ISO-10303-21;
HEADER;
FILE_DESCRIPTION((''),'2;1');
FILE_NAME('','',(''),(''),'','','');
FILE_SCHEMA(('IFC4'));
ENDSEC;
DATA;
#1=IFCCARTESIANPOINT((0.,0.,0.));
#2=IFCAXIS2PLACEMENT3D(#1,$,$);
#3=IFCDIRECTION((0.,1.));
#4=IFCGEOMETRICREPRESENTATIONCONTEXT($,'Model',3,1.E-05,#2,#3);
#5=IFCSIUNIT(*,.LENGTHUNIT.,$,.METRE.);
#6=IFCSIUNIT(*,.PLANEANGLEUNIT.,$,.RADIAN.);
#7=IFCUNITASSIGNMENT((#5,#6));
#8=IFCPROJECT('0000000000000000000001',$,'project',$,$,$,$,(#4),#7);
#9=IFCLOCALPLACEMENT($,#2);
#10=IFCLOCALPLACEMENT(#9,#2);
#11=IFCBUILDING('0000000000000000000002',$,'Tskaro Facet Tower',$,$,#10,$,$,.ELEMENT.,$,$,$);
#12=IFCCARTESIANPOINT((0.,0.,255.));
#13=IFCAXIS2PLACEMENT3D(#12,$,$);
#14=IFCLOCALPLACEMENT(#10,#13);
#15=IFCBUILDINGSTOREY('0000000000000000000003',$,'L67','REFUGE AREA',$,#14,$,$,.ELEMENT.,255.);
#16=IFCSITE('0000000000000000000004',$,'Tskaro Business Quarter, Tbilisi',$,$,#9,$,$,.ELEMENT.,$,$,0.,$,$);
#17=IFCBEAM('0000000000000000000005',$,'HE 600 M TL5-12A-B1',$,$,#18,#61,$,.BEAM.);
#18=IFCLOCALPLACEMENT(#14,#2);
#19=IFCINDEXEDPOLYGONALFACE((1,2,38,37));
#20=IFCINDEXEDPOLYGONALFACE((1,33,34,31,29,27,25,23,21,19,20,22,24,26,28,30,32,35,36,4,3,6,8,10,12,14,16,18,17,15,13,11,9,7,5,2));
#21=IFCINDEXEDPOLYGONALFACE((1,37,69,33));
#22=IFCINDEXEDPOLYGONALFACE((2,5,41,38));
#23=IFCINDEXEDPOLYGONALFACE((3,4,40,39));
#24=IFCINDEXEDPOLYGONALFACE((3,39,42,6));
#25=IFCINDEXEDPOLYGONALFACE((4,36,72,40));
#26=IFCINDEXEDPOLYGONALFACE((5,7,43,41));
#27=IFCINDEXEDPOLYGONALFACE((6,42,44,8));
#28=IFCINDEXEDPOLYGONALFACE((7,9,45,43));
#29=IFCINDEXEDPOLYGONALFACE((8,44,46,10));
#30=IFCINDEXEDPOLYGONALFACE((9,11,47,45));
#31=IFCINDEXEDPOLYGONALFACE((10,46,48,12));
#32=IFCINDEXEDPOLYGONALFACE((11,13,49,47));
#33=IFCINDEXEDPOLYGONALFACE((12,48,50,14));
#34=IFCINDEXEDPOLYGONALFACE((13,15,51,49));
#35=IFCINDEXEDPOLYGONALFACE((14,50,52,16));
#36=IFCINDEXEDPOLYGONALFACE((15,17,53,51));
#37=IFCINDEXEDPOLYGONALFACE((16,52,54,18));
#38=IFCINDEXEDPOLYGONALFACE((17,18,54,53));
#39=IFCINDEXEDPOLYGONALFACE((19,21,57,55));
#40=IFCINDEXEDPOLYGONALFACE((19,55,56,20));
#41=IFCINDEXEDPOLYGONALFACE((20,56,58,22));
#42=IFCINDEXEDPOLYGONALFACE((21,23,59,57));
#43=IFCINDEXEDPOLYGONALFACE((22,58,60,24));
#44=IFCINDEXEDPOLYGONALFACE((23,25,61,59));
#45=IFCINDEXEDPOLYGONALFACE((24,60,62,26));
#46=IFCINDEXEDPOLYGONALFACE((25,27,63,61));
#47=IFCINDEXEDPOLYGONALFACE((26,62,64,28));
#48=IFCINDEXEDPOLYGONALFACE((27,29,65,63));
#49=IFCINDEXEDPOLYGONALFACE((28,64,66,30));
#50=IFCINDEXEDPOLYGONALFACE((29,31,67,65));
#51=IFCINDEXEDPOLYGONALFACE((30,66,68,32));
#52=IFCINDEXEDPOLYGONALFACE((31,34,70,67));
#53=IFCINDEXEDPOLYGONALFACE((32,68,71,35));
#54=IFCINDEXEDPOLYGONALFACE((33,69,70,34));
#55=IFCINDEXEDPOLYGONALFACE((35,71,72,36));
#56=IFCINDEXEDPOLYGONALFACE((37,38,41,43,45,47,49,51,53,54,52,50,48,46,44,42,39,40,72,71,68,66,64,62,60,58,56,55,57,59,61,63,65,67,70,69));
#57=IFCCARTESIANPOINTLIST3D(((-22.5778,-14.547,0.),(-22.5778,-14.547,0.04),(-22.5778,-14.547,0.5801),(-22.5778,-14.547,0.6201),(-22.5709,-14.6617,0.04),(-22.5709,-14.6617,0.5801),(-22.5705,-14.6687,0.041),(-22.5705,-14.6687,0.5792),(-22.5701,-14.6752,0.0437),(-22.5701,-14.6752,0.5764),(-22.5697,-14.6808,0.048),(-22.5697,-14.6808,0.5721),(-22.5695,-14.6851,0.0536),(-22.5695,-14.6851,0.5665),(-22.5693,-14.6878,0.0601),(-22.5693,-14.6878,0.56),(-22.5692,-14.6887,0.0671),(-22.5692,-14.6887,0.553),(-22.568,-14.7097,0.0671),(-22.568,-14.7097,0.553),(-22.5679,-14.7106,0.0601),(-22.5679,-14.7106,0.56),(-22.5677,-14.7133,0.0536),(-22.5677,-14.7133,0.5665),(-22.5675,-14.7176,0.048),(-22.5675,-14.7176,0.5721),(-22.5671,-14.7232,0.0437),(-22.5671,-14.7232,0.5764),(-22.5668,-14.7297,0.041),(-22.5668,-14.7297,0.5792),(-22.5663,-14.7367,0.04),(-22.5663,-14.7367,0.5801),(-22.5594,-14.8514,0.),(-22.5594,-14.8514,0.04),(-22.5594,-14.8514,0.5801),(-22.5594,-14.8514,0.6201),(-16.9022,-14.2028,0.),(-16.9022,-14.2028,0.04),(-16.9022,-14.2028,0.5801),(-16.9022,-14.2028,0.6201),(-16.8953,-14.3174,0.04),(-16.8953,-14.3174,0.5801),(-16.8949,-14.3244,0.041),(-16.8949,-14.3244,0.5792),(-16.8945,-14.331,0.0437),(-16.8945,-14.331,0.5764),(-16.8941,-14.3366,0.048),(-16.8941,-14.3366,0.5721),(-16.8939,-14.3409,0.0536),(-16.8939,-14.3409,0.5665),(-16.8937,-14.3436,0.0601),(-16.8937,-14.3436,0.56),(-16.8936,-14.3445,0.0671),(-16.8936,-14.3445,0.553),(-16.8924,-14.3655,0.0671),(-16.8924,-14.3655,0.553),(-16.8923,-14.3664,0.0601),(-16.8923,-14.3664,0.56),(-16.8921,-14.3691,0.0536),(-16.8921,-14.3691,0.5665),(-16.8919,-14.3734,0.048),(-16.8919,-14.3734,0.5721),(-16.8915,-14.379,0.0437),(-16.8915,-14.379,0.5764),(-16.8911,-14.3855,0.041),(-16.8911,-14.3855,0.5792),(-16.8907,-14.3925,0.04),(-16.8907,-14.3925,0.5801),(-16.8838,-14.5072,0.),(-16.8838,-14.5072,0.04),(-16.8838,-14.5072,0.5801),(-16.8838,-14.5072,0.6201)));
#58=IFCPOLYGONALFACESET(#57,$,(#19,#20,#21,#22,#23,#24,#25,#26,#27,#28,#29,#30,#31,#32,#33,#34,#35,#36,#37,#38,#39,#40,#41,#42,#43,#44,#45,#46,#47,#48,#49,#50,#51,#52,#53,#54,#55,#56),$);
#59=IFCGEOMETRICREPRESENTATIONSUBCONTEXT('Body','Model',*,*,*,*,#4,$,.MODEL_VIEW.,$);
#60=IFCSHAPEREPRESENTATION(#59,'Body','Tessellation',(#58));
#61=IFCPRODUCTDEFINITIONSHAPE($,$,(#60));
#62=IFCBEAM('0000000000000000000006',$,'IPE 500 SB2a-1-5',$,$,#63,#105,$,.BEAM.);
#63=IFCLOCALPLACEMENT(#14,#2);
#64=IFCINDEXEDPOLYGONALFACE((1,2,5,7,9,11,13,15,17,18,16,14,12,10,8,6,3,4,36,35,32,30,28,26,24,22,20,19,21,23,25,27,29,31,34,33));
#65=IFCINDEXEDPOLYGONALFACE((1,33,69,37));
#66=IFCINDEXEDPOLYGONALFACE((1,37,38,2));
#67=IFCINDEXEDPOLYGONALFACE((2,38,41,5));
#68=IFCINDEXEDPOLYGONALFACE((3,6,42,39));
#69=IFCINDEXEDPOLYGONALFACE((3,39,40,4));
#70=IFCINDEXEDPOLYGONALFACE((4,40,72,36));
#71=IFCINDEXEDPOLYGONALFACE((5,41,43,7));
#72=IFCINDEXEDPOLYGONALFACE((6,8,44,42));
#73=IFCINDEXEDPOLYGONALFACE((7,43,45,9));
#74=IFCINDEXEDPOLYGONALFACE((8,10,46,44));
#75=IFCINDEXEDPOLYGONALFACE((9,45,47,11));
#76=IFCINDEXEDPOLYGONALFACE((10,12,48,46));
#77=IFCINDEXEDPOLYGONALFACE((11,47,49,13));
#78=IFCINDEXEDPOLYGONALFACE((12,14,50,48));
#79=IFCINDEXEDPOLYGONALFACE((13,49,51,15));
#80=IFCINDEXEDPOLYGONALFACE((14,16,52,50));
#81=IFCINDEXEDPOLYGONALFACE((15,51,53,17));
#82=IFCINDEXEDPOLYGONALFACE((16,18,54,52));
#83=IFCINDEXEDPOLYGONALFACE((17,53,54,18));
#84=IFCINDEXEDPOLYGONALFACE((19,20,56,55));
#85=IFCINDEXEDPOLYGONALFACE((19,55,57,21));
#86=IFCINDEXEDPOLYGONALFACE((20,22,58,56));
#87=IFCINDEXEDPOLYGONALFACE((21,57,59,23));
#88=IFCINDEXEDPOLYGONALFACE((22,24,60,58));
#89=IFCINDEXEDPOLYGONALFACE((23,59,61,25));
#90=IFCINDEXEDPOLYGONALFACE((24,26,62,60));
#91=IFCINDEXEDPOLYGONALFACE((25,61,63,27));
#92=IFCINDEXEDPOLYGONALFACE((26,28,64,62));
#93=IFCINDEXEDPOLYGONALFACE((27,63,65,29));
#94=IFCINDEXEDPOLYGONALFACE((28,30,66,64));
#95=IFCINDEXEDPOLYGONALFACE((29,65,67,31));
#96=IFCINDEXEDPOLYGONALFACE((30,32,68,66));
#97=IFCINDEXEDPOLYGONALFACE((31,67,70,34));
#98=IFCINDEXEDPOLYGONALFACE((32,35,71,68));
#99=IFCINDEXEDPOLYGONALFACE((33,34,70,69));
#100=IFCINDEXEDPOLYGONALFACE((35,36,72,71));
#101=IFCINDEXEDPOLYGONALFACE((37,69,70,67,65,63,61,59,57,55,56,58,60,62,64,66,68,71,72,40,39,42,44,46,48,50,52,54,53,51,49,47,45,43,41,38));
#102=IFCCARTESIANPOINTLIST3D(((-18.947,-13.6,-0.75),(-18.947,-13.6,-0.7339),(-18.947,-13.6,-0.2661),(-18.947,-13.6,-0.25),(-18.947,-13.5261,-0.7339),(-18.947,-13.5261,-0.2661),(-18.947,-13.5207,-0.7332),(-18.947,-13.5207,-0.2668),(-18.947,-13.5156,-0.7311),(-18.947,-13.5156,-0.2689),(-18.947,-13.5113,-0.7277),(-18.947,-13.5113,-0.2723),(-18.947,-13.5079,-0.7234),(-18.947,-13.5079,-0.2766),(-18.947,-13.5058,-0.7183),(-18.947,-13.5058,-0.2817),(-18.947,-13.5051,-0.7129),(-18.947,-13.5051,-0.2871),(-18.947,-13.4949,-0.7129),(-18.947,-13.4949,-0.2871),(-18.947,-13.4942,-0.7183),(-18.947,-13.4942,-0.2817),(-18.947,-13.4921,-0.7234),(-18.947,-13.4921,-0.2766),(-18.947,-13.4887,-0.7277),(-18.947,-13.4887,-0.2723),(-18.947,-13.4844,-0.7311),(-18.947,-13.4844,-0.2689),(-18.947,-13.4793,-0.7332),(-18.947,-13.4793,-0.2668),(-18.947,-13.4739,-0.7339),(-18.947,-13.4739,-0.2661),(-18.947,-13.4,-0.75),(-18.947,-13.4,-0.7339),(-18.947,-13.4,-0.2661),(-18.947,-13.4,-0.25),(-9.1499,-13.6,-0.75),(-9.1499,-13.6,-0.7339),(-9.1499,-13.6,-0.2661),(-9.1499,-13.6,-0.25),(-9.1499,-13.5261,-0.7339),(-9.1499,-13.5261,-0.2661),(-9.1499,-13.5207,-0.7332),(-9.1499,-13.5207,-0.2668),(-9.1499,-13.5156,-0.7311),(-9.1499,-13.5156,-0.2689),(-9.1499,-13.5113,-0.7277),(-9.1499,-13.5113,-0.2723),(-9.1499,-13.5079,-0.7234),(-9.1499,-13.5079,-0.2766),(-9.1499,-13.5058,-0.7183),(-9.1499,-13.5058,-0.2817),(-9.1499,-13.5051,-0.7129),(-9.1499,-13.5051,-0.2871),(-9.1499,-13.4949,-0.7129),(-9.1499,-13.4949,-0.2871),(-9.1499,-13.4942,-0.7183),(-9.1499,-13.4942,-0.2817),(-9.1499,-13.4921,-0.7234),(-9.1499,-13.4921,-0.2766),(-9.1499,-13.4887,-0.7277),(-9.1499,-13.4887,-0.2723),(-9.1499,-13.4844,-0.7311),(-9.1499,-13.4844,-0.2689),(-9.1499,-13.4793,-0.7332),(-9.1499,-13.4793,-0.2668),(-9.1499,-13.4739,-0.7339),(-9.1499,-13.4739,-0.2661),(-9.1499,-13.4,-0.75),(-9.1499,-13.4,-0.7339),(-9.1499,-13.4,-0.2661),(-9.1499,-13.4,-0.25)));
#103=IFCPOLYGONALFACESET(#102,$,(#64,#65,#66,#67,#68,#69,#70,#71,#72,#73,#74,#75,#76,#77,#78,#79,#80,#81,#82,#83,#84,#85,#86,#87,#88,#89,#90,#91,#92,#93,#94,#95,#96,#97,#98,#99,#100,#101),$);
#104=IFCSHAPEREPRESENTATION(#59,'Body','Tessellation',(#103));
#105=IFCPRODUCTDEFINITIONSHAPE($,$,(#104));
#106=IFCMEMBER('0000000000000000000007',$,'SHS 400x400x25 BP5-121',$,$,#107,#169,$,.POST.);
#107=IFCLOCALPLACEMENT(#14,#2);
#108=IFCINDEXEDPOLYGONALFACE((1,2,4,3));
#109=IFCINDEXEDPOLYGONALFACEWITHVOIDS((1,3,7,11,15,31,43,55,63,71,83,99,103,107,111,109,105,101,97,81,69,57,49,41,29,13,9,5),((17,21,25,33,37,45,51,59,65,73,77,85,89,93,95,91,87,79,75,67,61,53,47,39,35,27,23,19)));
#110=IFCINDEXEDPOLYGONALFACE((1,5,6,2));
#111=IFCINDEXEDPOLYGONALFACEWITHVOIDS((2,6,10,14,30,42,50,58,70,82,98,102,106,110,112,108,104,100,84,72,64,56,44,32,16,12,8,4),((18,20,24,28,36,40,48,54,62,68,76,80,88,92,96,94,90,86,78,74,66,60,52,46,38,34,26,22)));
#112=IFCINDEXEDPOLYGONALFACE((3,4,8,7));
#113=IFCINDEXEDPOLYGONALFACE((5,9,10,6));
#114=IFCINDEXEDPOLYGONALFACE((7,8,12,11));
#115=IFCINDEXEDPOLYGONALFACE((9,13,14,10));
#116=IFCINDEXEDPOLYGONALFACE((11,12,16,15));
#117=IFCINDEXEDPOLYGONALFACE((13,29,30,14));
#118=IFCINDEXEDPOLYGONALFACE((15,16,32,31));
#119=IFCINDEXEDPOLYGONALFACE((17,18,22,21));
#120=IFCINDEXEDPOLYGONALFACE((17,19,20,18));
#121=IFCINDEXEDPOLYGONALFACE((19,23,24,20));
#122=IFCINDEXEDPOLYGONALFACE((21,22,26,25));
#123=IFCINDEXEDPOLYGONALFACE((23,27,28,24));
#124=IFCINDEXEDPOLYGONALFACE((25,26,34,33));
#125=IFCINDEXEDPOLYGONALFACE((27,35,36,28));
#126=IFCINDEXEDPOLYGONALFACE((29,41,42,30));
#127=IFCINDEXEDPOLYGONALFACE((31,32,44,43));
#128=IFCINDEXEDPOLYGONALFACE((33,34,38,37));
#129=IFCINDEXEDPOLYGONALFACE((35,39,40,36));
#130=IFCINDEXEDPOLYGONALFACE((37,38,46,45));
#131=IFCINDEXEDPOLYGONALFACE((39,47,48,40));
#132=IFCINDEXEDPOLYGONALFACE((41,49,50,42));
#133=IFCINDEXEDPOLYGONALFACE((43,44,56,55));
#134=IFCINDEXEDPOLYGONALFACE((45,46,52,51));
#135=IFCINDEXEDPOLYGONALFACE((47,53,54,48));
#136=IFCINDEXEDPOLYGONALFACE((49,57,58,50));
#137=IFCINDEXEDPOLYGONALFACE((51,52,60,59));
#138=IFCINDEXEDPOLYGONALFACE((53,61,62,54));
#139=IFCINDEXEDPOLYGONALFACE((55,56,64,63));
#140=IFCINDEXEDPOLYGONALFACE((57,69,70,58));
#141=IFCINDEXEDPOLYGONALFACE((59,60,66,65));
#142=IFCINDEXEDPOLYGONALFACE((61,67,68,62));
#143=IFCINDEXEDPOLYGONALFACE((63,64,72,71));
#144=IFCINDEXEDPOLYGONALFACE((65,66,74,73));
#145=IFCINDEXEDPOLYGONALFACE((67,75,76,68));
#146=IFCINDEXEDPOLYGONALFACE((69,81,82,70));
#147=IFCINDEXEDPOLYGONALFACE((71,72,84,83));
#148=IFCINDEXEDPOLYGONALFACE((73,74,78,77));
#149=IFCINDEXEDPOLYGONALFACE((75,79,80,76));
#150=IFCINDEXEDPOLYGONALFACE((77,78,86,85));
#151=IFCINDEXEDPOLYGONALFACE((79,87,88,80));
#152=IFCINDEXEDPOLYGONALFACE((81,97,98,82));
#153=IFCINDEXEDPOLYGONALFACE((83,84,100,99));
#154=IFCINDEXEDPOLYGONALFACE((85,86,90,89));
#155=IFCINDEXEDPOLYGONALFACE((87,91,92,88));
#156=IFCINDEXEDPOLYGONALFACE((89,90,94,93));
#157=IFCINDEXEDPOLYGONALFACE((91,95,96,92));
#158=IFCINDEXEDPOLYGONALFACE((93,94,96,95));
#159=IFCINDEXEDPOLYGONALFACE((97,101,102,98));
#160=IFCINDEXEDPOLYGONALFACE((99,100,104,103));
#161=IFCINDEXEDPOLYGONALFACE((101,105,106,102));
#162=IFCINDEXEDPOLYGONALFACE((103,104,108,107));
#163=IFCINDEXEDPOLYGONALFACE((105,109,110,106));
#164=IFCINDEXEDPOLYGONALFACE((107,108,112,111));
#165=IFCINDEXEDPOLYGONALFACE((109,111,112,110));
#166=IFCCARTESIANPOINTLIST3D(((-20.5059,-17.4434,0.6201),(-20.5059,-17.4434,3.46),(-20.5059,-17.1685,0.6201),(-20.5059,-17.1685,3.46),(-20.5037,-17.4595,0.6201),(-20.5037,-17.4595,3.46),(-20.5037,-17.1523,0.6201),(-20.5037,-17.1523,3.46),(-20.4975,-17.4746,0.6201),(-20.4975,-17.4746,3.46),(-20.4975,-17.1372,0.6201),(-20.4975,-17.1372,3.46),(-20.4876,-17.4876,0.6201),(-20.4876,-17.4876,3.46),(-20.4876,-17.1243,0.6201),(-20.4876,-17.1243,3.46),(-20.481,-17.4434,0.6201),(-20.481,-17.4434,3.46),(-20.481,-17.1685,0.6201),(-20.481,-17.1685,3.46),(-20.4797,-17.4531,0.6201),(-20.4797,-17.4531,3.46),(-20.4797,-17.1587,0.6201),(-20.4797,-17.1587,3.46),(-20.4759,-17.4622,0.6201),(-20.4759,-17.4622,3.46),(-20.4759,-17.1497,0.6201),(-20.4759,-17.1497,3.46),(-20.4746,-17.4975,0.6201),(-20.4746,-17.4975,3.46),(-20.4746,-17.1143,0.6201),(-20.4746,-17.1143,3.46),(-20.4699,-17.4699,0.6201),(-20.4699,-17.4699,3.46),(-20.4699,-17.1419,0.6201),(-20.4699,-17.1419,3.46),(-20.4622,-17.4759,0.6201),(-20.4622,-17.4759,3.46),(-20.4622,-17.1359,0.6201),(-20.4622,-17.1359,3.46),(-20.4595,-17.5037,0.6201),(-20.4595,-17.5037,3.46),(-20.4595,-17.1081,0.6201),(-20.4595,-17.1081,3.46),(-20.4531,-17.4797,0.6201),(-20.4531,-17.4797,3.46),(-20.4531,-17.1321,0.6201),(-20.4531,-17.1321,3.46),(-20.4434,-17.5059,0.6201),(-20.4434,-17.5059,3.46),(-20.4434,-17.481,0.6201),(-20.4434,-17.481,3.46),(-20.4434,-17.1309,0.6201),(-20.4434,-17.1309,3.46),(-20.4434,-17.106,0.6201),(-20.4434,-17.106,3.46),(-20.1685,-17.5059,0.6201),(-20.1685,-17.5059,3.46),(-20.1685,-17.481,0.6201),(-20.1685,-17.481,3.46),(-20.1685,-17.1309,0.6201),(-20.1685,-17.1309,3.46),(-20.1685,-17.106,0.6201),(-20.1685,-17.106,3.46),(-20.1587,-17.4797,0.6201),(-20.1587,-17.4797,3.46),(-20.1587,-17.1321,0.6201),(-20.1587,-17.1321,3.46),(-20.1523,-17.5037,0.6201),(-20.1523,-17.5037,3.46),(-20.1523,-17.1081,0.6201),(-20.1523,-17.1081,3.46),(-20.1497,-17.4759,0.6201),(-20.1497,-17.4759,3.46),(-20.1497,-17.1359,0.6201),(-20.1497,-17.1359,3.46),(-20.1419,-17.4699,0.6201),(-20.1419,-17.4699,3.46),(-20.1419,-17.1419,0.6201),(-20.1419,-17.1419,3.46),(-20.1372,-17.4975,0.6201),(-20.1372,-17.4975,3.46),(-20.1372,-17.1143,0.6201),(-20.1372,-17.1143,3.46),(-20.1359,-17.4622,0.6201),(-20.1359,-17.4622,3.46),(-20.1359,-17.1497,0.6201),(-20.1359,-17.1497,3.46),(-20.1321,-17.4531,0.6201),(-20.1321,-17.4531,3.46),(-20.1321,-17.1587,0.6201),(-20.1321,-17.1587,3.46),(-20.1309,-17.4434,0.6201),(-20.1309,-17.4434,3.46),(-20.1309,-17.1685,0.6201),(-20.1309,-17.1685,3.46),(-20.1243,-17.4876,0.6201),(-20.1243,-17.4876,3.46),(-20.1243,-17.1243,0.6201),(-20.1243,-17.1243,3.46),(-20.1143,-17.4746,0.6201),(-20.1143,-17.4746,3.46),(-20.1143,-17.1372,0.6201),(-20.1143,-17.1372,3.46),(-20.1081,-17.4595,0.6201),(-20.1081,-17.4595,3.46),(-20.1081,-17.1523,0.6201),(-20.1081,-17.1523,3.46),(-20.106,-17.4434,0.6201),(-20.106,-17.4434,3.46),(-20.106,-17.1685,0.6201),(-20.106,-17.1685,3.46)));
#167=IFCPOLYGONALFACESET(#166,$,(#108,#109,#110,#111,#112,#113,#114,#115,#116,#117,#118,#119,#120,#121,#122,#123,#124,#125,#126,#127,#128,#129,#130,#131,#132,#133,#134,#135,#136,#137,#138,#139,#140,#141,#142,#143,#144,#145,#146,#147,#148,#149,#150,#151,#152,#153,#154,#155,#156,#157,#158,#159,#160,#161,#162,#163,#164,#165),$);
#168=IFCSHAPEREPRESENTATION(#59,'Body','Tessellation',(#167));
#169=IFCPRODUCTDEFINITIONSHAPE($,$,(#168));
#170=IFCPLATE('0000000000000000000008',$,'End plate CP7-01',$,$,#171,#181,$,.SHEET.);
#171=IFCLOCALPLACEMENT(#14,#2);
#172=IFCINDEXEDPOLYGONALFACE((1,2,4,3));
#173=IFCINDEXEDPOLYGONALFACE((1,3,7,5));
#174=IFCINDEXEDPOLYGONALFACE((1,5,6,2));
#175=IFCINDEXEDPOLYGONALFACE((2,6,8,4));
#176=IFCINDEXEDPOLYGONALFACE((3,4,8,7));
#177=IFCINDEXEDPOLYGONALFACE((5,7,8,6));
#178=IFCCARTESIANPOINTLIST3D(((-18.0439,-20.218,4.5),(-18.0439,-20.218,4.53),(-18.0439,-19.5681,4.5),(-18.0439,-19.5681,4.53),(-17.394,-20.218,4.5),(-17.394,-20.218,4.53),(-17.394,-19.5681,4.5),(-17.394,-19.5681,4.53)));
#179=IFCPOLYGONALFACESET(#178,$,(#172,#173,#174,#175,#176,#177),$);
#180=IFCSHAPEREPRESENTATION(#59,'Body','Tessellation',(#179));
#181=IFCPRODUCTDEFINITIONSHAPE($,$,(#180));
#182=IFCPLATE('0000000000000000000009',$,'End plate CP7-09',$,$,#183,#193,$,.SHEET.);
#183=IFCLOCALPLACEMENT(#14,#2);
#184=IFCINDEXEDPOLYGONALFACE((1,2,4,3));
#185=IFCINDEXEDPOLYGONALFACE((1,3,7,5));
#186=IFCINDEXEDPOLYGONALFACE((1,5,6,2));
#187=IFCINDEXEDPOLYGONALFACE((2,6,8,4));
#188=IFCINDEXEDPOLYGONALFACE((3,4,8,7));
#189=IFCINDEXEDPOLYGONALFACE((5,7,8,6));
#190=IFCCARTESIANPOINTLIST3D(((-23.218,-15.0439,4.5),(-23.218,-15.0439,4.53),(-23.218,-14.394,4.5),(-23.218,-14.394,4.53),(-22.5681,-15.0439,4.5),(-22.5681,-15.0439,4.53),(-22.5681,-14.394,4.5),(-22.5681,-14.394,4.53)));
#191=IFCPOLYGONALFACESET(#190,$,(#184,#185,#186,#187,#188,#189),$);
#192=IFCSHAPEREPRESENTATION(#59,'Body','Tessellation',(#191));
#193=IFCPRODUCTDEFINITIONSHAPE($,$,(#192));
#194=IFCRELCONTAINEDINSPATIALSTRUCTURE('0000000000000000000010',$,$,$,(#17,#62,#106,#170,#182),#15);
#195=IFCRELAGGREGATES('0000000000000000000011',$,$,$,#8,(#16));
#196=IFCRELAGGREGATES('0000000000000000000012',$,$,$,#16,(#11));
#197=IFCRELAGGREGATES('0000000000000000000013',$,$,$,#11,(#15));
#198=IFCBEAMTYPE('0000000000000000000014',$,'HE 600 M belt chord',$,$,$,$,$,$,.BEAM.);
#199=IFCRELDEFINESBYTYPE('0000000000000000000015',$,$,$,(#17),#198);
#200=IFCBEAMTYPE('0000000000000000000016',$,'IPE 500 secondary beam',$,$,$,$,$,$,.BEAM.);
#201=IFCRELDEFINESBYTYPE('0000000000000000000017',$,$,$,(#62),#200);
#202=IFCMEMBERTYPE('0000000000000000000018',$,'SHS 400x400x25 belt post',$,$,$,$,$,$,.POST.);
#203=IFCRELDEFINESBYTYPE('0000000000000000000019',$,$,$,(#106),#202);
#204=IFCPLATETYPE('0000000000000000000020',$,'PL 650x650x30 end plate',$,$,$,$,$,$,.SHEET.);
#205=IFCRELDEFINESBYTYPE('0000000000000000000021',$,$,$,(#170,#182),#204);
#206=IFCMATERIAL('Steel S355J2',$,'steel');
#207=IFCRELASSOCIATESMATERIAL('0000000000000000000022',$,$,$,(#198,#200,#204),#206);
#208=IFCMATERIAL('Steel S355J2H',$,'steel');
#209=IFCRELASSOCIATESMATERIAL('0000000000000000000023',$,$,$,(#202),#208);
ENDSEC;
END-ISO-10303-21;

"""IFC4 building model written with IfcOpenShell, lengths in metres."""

from ifc_helpers import new_model, si_unit, direction, frame, origin, origin_2d, place, context, subcontext, project, spatial, rectangle, hollow_rectangle, i_section, extrude, material, material_profile, profile_set, type_object, element, save


model = new_model("IFC4")

# Units and contexts
model_context = context("Model", 3, precision=1e-05, world=origin(), true_north=direction((0.0, 1.0)))
body_context = subcontext(model_context, "Body", "Model", "MODEL_VIEW")
ifc_project = project(units=[si_unit("LENGTHUNIT", "METRE"), si_unit("PLANEANGLEUNIT", "RADIAN")], contexts=[model_context])

# Site, building, storey
site_placement = place(None, origin())
site = spatial("IfcSite", under=ifc_project, at=site_placement, Name="Tskaro Business Quarter, Tbilisi", CompositionType="ELEMENT", RefElevation=0.0)
building_placement = place(site_placement, origin())
building = spatial("IfcBuilding", under=site, at=building_placement, Name="Tskaro Facet Tower", CompositionType="ELEMENT")
storey_placement = place(building_placement, frame((0.0, 0.0, 255.0)))
storey = spatial("IfcBuildingStorey", under=building, at=storey_placement, Name="L67", Description="REFUGE AREA", CompositionType="ELEMENT", Elevation=255.0)

# Shared definitions
ifc_material_1 = material(Name="Steel S355J2", Category="steel")
ifc_material_2 = material(Name="Steel S355J2H", Category="steel")

# Beams
ifc_material_profile_1 = material_profile(ifc_material_1, i_section(OverallWidth=0.3049, OverallDepth=0.6201, WebThickness=0.021, FlangeThickness=0.04, FilletRadius=0.0271, at=origin_2d()), Name="HE 600 M")
ifc_profile_set_1 = profile_set([ifc_material_profile_1], Name="Steel S355J2")
beam_type_1 = type_object("IfcBeamType", Name="HE 600 M belt chord", PredefinedType="BEAM", material=ifc_profile_set_1)
for number, where, z_axis, x_axis, name in (
    (1, (-22.5686, -14.6992, 0.3101), (0.998166, 0.060542, 0.0), (-0.060542, 0.998166, 0.0), "HE 600 M TL5-12A-B1"),
):
    element("IfcBeam", number, at=place(storey_placement, frame(where, z_axis=z_axis, x_axis=x_axis)), inside=storey, type_object=beam_type_1, Name=name, PredefinedType="BEAM", context=body_context, shape_type="SweptSolid", body=[
        extrude(i_section(OverallWidth=0.3049, OverallDepth=0.6201, WebThickness=0.021, FlangeThickness=0.04, FilletRadius=0.0271, at=origin_2d()), origin(), (0.0, 0.0, 1.0), 5.686),
    ])
ifc_material_profile_2 = material_profile(ifc_material_1, i_section(OverallWidth=0.2, OverallDepth=0.5, WebThickness=0.0103, FlangeThickness=0.0161, FilletRadius=0.021, at=origin_2d()), Name="IPE 500")
ifc_profile_set_2 = profile_set([ifc_material_profile_2], Name="Steel S355J2")
beam_type_2 = type_object("IfcBeamType", Name="IPE 500 secondary beam", PredefinedType="BEAM", material=ifc_profile_set_2)
beam_1_placement = place(storey_placement, frame((-18.947, -13.5, -0.5), z_axis=(1.0, 0.0, 0.0), x_axis=(0.0, 1.0, 0.0)))
element("IfcBeam", 2, at=beam_1_placement, inside=storey, type_object=beam_type_2, Name="IPE 500 SB2a-1-5", PredefinedType="BEAM", context=body_context, shape_type="SweptSolid", body=[
    extrude(i_section(OverallWidth=0.2, OverallDepth=0.5, WebThickness=0.0103, FlangeThickness=0.0161, FilletRadius=0.021, at=origin_2d()), origin(), (0.0, 0.0, 1.0), 9.7971),
])

# Member
ifc_material_profile_3 = material_profile(ifc_material_2, hollow_rectangle(XDim=0.3999, YDim=0.3999, WallThickness=0.0249, InnerFilletRadius=0.0376, OuterFilletRadius=0.0625, at=origin_2d()), Name="SHS 400x400x25")
ifc_profile_set_3 = profile_set([ifc_material_profile_3], Name="Steel S355J2H")
member_type_1 = type_object("IfcMemberType", Name="SHS 400x400x25 belt post", PredefinedType="POST", material=ifc_profile_set_3)
member_1_placement = place(storey_placement, frame((-20.3059, -17.3059, 0.6201), z_axis=(0.0, 0.0, 1.0), x_axis=(1.0, 0.0, 0.0)))
element("IfcMember", 3, at=member_1_placement, inside=storey, type_object=member_type_1, Name="SHS 400x400x25 BP5-121", PredefinedType="POST", context=body_context, shape_type="SweptSolid", body=[
    extrude(hollow_rectangle(XDim=0.3999, YDim=0.3999, WallThickness=0.0249, InnerFilletRadius=0.0376, OuterFilletRadius=0.0625, at=origin_2d()), origin(), (0.0, 0.0, 1.0), 2.8398),
])

# Plates
ifc_material_profile_4 = material_profile(ifc_material_1, rectangle(XDim=0.6499, YDim=0.6499, at=origin_2d()), Name="PL 650x650x30 end plate")
ifc_profile_set_4 = profile_set([ifc_material_profile_4], Name="Steel S355J2")
plate_type = type_object("IfcPlateType", Name="PL 650x650x30 end plate", PredefinedType="SHEET", material=ifc_profile_set_4)
for number, where, z_axis, x_axis, name in (
    (4, (-17.719, -19.8931, 4.5), (0.0, 0.0, 1.0), (1.0, 0.0, 0.0), "End plate CP7-01"),
    (5, (-22.8931, -14.719, 4.5), (0.0, 0.0, 1.0), (1.0, 0.0, 0.0), "End plate CP7-09"),
):
    element("IfcPlate", number, at=place(storey_placement, frame(where, z_axis=z_axis, x_axis=x_axis)), inside=storey, type_object=plate_type, Name=name, PredefinedType="SHEET", context=body_context, shape_type="SweptSolid", body=[
        extrude(rectangle(XDim=0.6499, YDim=0.6499, at=origin_2d()), origin(), (0.0, 0.0, 1.0), 0.03),
    ])

save(model, "model.ifc")
